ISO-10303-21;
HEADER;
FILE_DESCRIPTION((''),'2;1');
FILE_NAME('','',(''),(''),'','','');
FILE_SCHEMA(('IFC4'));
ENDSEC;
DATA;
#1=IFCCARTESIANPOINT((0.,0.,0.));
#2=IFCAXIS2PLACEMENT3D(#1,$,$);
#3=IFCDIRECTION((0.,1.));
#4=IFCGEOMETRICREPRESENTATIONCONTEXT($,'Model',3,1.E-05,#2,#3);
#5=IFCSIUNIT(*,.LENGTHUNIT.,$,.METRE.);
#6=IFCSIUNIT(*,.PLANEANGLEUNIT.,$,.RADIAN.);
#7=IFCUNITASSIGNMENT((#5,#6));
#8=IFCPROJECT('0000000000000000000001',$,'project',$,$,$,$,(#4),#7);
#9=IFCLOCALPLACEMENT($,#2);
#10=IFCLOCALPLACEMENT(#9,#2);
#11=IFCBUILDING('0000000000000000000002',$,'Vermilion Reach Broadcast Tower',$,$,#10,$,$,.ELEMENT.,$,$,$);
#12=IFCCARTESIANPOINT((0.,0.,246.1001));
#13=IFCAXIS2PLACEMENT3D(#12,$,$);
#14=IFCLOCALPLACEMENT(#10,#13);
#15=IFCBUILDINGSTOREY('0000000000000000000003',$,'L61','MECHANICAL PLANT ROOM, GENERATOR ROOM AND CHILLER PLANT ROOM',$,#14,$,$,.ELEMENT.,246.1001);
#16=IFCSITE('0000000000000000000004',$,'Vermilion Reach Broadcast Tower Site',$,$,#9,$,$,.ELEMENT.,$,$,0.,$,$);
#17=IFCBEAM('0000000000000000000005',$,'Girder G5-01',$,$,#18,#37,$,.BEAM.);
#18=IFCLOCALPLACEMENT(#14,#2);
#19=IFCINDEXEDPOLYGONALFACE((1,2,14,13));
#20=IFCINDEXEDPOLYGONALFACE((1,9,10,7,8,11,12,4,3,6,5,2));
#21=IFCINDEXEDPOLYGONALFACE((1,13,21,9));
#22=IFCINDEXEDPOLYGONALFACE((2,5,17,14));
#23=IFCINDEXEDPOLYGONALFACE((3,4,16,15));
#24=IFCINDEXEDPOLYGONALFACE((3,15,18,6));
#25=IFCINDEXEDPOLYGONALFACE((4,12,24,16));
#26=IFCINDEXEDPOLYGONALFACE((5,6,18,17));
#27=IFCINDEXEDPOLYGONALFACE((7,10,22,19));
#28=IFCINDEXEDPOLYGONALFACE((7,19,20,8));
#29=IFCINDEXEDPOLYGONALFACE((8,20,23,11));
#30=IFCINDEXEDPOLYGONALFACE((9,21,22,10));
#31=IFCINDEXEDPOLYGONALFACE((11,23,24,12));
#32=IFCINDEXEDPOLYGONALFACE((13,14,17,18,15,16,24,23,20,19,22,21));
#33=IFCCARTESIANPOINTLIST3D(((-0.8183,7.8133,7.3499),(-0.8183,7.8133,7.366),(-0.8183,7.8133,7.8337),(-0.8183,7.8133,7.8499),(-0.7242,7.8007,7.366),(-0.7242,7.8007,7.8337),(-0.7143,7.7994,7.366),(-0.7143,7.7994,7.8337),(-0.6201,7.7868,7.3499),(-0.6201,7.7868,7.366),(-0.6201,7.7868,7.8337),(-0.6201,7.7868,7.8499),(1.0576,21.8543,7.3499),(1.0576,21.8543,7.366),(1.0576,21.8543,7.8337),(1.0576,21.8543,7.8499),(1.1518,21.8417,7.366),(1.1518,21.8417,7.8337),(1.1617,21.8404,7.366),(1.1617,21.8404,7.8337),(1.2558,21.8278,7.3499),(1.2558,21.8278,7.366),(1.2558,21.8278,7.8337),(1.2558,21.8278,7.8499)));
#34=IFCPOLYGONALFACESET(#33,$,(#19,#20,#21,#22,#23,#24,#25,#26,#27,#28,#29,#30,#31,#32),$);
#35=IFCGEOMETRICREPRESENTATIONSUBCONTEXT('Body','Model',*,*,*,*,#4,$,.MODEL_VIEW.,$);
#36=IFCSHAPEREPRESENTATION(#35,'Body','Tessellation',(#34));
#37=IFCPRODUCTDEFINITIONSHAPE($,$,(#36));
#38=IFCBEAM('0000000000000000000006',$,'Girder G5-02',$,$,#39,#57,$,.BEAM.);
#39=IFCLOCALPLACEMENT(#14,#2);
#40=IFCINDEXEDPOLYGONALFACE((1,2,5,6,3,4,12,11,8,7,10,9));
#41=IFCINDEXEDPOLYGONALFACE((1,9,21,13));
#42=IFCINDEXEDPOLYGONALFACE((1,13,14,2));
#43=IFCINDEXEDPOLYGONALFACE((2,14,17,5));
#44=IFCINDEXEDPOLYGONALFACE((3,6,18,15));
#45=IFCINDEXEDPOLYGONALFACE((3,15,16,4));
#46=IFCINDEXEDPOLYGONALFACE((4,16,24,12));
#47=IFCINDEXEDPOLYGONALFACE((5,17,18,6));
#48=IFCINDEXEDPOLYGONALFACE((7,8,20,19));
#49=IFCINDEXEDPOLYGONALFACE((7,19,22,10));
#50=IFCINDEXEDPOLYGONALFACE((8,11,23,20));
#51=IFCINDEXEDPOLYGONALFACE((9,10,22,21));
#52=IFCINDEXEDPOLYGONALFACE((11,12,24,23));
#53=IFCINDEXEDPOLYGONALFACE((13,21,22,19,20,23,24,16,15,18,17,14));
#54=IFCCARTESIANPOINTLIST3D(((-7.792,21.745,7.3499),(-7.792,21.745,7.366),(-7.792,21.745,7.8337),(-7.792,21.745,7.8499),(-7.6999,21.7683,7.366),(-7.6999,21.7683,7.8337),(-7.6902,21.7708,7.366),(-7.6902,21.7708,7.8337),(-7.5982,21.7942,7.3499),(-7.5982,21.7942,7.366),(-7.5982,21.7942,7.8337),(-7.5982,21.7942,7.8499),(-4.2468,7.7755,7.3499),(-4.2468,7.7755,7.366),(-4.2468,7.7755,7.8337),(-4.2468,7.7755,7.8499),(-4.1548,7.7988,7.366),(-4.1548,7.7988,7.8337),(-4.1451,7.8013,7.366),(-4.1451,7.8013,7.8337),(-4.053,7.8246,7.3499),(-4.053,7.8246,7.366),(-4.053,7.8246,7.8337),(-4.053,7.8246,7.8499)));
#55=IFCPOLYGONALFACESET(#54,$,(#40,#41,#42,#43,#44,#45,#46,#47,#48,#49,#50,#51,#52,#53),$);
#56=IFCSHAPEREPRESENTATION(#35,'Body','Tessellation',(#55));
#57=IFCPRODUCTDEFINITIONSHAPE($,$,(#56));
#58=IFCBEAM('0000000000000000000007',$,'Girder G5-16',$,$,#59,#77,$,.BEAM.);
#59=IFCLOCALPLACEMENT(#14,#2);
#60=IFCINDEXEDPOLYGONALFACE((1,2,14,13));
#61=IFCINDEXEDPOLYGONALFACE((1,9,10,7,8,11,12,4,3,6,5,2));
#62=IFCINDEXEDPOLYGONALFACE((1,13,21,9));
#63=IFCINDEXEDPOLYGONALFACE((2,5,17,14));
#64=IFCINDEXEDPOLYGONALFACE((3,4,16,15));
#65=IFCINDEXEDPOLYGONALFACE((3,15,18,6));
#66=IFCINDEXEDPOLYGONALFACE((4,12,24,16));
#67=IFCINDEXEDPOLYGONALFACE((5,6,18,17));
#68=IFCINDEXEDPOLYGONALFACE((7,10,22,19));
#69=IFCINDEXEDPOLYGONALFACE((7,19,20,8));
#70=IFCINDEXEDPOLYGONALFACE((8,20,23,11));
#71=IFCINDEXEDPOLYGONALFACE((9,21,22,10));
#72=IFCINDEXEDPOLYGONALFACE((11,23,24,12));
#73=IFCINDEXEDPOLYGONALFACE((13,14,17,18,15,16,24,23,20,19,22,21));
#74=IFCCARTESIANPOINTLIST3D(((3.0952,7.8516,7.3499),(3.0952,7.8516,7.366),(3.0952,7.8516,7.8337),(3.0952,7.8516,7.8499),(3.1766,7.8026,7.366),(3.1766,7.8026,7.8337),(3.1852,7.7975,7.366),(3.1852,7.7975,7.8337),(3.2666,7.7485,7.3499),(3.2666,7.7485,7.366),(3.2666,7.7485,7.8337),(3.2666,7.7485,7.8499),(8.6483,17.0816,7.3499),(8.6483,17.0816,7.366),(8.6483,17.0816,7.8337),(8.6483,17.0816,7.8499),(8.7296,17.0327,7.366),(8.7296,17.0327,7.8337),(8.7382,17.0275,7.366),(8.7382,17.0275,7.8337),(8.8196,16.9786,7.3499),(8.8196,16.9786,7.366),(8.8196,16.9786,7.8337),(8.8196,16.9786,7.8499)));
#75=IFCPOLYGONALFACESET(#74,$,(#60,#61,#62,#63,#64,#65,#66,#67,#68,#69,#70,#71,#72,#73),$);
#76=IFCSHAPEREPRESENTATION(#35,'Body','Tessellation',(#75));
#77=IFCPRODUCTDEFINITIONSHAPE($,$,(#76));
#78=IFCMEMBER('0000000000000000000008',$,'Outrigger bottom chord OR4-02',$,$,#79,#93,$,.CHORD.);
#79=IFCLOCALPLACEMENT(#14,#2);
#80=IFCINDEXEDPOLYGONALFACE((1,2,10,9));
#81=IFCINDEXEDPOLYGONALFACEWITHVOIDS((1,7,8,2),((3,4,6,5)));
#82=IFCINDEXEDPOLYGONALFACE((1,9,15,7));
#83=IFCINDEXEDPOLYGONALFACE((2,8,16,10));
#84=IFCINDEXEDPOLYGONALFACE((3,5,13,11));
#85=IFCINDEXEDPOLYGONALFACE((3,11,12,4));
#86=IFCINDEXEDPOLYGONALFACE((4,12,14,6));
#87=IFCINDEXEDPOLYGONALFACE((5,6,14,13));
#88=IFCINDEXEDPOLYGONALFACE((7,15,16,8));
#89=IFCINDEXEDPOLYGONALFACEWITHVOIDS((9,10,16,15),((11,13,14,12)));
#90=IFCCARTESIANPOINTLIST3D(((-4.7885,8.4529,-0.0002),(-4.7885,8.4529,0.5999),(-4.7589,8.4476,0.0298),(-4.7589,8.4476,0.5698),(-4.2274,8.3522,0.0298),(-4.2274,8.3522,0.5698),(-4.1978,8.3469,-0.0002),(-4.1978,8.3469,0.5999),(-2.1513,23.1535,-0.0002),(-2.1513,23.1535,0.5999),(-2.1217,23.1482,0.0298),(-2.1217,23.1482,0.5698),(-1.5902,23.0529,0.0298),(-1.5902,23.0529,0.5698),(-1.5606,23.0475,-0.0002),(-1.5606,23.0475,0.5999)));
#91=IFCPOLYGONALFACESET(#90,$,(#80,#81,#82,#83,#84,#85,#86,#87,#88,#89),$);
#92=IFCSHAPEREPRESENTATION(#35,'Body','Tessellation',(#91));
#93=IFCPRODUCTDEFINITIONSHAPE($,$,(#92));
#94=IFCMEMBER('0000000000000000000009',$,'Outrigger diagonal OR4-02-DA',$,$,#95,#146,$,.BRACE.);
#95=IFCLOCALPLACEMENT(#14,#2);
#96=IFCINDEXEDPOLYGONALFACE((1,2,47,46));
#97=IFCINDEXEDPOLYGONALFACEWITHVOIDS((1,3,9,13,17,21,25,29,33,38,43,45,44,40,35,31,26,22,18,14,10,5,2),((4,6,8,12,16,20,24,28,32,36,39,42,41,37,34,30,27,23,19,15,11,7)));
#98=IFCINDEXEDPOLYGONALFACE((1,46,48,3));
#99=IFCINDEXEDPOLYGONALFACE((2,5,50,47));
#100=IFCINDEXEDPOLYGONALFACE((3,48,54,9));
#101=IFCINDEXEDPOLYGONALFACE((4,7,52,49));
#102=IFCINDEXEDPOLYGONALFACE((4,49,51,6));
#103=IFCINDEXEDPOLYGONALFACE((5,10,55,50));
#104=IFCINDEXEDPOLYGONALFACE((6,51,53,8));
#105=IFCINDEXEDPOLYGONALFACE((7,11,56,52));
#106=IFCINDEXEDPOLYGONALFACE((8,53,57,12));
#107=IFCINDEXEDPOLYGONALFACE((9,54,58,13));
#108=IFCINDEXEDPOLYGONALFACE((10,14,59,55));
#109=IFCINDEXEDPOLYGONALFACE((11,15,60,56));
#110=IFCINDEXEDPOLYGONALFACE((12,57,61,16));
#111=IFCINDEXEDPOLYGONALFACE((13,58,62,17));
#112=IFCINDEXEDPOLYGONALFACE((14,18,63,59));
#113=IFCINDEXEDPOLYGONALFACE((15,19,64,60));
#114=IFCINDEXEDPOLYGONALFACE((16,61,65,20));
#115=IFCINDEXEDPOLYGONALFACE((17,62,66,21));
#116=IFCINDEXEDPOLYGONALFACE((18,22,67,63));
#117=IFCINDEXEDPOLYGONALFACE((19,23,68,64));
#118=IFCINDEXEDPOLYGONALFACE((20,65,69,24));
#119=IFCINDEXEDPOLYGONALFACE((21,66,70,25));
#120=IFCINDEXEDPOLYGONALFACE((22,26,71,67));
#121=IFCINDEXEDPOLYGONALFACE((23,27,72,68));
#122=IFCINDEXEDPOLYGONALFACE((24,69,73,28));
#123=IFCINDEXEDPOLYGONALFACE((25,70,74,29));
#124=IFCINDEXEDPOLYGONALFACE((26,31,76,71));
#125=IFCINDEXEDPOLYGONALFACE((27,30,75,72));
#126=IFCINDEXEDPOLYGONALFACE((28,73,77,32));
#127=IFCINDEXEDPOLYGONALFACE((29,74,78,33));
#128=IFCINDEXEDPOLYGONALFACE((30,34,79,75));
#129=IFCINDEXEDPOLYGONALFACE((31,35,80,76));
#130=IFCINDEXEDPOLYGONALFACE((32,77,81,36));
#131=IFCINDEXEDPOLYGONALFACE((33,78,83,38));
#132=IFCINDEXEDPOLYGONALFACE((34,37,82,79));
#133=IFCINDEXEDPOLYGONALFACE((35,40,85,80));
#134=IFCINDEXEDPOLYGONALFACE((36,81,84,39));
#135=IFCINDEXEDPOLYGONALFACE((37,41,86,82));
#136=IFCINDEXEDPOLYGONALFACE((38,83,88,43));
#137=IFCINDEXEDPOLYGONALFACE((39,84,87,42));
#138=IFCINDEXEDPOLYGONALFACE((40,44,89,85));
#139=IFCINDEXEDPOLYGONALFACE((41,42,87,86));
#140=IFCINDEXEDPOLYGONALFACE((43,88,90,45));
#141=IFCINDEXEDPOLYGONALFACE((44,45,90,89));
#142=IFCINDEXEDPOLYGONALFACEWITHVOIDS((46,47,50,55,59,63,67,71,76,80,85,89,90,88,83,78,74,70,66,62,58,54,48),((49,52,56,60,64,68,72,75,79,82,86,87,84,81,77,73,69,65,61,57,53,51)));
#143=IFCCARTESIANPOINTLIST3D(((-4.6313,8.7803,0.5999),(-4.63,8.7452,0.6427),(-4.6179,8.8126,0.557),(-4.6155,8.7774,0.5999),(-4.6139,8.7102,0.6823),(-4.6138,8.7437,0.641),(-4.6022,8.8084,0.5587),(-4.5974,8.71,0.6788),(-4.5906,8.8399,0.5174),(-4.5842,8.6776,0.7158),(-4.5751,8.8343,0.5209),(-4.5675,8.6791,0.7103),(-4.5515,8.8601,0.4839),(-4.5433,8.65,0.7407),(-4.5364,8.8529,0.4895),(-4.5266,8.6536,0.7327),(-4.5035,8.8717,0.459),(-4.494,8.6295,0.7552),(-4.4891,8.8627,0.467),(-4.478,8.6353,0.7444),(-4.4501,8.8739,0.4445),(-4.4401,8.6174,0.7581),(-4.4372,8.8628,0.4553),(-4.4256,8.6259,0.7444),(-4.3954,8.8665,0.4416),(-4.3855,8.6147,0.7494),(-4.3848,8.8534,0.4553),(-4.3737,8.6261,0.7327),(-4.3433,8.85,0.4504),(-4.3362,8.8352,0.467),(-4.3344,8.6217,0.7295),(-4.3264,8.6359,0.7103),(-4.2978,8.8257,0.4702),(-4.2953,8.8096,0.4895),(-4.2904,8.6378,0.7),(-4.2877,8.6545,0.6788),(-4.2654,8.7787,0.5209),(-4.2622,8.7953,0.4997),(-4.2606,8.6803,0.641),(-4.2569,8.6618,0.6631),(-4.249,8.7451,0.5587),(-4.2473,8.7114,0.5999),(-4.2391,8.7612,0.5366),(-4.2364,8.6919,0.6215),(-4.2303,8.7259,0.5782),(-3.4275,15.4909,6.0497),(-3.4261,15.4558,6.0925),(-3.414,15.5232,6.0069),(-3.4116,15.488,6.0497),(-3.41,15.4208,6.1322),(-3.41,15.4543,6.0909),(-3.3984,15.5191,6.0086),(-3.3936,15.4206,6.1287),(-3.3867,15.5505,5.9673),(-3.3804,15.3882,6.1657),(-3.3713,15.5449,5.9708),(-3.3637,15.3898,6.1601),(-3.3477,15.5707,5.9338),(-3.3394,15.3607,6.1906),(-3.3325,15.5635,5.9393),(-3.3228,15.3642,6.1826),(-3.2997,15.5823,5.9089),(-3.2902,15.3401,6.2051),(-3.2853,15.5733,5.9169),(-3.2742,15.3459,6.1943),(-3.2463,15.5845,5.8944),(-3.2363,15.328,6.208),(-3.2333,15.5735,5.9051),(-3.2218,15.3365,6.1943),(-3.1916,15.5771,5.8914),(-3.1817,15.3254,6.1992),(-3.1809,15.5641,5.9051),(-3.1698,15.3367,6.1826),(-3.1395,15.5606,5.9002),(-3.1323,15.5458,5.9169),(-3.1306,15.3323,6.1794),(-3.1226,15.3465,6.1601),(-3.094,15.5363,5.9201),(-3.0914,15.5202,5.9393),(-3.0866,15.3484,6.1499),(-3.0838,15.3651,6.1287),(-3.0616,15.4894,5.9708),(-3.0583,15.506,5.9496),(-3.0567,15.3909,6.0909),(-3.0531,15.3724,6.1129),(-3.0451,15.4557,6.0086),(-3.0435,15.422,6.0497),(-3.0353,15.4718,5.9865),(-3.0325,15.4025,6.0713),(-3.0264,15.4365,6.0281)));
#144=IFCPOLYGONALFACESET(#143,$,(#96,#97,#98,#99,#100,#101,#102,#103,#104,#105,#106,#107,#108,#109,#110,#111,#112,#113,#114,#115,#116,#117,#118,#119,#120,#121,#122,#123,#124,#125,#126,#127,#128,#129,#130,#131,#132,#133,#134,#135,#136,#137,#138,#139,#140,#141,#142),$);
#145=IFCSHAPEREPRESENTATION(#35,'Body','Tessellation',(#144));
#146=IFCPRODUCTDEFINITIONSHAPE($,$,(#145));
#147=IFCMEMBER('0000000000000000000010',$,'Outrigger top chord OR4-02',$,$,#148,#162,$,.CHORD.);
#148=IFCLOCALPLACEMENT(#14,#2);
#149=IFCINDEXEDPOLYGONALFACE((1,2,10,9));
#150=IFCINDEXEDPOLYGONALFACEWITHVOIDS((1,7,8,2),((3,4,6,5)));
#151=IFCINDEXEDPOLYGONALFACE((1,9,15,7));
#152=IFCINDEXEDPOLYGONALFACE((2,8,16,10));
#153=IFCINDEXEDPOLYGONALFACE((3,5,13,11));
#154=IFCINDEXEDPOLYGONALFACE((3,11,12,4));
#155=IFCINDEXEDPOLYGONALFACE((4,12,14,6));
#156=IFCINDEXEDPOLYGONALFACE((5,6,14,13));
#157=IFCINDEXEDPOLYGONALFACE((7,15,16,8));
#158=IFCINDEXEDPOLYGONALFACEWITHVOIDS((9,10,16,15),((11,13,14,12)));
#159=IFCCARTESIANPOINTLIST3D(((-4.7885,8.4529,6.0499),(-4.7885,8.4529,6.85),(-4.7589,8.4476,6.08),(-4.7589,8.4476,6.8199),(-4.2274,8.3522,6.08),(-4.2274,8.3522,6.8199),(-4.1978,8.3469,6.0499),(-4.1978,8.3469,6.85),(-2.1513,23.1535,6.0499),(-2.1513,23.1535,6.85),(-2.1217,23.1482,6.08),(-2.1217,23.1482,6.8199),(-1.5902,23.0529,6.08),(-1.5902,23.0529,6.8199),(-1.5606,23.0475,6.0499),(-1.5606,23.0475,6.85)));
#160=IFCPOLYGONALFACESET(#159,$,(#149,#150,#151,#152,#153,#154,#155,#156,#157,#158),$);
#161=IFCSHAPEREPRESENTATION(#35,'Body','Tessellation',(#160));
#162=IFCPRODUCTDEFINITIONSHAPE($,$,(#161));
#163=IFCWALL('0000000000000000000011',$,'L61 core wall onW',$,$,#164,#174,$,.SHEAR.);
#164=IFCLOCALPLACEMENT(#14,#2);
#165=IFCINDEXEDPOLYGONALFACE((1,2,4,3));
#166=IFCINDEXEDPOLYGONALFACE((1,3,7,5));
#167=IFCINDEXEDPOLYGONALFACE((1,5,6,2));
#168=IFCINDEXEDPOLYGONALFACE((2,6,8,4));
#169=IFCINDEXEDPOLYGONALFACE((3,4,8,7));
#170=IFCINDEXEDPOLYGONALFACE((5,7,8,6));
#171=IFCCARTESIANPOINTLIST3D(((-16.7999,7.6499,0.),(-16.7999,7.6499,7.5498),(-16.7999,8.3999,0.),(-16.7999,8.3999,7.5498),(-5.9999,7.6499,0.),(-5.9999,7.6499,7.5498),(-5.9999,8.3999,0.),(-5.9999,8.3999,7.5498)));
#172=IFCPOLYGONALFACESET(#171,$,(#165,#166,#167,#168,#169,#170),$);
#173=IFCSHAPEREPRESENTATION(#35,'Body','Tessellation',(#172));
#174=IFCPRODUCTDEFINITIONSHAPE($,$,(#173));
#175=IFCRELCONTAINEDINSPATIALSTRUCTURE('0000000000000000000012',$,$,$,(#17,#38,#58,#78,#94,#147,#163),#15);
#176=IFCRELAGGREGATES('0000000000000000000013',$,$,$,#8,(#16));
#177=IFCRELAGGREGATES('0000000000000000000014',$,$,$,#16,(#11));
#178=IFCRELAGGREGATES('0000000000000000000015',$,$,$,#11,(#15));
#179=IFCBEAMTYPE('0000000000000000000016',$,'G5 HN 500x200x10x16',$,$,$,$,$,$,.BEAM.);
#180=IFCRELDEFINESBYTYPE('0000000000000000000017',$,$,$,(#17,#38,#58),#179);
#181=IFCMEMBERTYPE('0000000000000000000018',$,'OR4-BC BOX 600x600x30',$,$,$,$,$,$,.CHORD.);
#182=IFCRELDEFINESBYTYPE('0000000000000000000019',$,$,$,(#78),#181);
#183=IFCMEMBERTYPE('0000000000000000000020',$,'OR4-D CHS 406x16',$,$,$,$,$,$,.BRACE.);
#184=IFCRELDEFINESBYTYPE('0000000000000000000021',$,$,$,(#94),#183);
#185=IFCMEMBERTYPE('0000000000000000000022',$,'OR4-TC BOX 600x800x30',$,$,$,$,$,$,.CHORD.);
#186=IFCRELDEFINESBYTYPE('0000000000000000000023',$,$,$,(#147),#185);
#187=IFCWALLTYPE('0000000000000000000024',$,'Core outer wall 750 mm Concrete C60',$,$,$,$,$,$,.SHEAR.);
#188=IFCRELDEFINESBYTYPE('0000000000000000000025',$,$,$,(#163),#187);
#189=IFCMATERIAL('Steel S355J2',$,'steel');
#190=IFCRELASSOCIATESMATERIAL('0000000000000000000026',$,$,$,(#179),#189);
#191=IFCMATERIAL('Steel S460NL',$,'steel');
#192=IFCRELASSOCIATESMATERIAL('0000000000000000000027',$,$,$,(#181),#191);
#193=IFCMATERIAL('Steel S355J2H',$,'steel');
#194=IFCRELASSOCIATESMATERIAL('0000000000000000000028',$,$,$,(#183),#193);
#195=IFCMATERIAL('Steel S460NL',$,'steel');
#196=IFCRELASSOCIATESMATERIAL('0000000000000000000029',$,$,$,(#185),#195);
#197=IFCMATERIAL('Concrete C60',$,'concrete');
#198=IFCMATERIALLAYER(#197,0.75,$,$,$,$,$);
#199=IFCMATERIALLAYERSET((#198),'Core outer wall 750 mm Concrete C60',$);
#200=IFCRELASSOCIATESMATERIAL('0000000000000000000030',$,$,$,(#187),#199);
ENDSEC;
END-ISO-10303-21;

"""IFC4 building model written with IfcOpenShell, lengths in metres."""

from ifc_helpers import new_model, si_unit, direction, frame, frame_2d, origin, origin_2d, place, context, subcontext, project, spatial, rectangle, hollow_rectangle, hollow_circle, i_section, extrude, material, layer, layer_set, material_profile, profile_set, type_object, element, save


model = new_model("IFC4")

# Units and contexts
model_context = context("Model", 3, precision=1e-05, world=origin(), true_north=direction((0.0, 1.0)))
body_context = subcontext(model_context, "Body", "Model", "MODEL_VIEW")
ifc_project = project(units=[si_unit("LENGTHUNIT", "METRE"), si_unit("PLANEANGLEUNIT", "RADIAN")], contexts=[model_context])

# Site, building, storey
site_placement = place(None, origin())
site = spatial("IfcSite", under=ifc_project, at=site_placement, Name="Vermilion Reach Broadcast Tower Site", CompositionType="ELEMENT", RefElevation=0.0)
building_placement = place(site_placement, origin())
building = spatial("IfcBuilding", under=site, at=building_placement, Name="Vermilion Reach Broadcast Tower", CompositionType="ELEMENT")
storey_placement = place(building_placement, frame((0.0, 0.0, 246.1001)))
storey = spatial("IfcBuildingStorey", under=building, at=storey_placement, Name="L61", Description="MECHANICAL PLANT ROOM, GENERATOR ROOM AND CHILLER PLANT ROOM", CompositionType="ELEMENT", Elevation=246.1001)

# Beams
ifc_material_1 = material(Name="Steel S355J2", Category="steel")
ifc_material_profile_1 = material_profile(ifc_material_1, i_section(OverallWidth=0.2, OverallDepth=0.5, WebThickness=0.01, FlangeThickness=0.0161, at=origin_2d()), Name="S355J2 HN 500x200x10x16")
ifc_profile_set_1 = profile_set([ifc_material_profile_1], Name="Steel S355J2")
beam_type = type_object("IfcBeamType", Name="G5 HN 500x200x10x16", PredefinedType="BEAM", material=ifc_profile_set_1)
beam_1_placement = place(storey_placement, frame((-0.7192, 7.8, 7.5999), z_axis=(0.13243, 0.991192, 0.0), x_axis=(-0.991192, 0.13243, 0.0)))
element("IfcBeam", 1, at=beam_1_placement, inside=storey, type_object=beam_type, Name="Girder G5-01", PredefinedType="BEAM", context=body_context, shape_type="SweptSolid", body=[
    extrude(i_section(OverallWidth=0.2, OverallDepth=0.5, WebThickness=0.01, FlangeThickness=0.0161, at=origin_2d()), origin(), (0.0, 0.0, 1.0), 14.1658),
])
beam_2_placement = place(storey_placement, frame((-4.1499, 7.8, 7.5999), z_axis=(-0.245982, 0.969274, 0.0), x_axis=(-0.969274, -0.245982, 0.0)))
element("IfcBeam", 2, at=beam_2_placement, inside=storey, type_object=beam_type, Name="Girder G5-02", PredefinedType="BEAM", context=body_context, shape_type="SweptSolid", body=[
    extrude(i_section(OverallWidth=0.2, OverallDepth=0.5, WebThickness=0.01, FlangeThickness=0.0161, at=origin_2d()), origin(), (0.0, 0.0, 1.0), 14.4124),
])
beam_3_placement = place(storey_placement, frame((3.1809, 7.8, 7.5999), z_axis=(0.515519, 0.856878, 0.0), x_axis=(-0.856878, 0.515519, 0.0)))
element("IfcBeam", 3, at=beam_3_placement, inside=storey, type_object=beam_type, Name="Girder G5-16", PredefinedType="BEAM", context=body_context, shape_type="SweptSolid", body=[
    extrude(i_section(OverallWidth=0.2, OverallDepth=0.5, WebThickness=0.01, FlangeThickness=0.0161, at=origin_2d()), origin(), (0.0, 0.0, 1.0), 10.7717),
])

# Members
ifc_material_2 = material(Name="Steel S460NL", Category="steel")
ifc_material_profile_2 = material_profile(ifc_material_2, hollow_rectangle(XDim=0.6001, YDim=0.6001, WallThickness=0.03, at=origin_2d()), Name="S460NL BOX 600x600x30")
ifc_profile_set_2 = profile_set([ifc_material_profile_2], Name="Steel S460NL")
member_type_1 = type_object("IfcMemberType", Name="OR4-BC BOX 600x600x30", PredefinedType="CHORD", material=ifc_profile_set_2)
member_1_placement = place(storey_placement, frame((-4.4932, 8.3999, 0.2998), z_axis=(0.176575, 0.984287, 0.0), x_axis=(-0.984287, 0.176575, 0.0)))
element("IfcMember", 4, at=member_1_placement, inside=storey, type_object=member_type_1, Name="Outrigger bottom chord OR4-02", PredefinedType="CHORD", context=body_context, shape_type="SweptSolid", body=[
    extrude(hollow_rectangle(XDim=0.6001, YDim=0.6001, WallThickness=0.03, at=origin_2d()), origin(), (0.0, 0.0, 1.0), 14.9353),
])
ifc_material_3 = material(Name="Steel S355J2H", Category="steel")
ifc_material_profile_3 = material_profile(ifc_material_3, hollow_circle(Radius=0.2031, WallThickness=0.0161, at=origin_2d()), Name="S355J2H CHS 406x16")
ifc_profile_set_3 = profile_set([ifc_material_profile_3], Name="Steel S355J2H")
member_type_2 = type_object("IfcMemberType", Name="OR4-D CHS 406x16", PredefinedType="BRACE", material=ifc_profile_set_3)
member_2_placement = place(storey_placement, frame((-4.4314, 8.7444, 0.5999), z_axis=(0.137924, 0.768836, 0.624394), x_axis=(-0.984287, 0.176575, 0.0)))
element("IfcMember", 5, at=member_2_placement, inside=storey, type_object=member_type_2, Name="Outrigger diagonal OR4-02-DA", PredefinedType="BRACE", context=body_context, shape_type="SweptSolid", body=[
    extrude(hollow_circle(Radius=0.2031, WallThickness=0.0161, at=origin_2d()), origin(), (0.0, 0.0, 1.0), 8.7283),
])
ifc_material_4 = material(Name="Steel S460NL", Category="steel")
ifc_material_profile_4 = material_profile(ifc_material_4, hollow_rectangle(XDim=0.6001, YDim=0.8, WallThickness=0.03, at=origin_2d()), Name="S460NL BOX 600x800x30")
ifc_profile_set_4 = profile_set([ifc_material_profile_4], Name="Steel S460NL")
member_type_3 = type_object("IfcMemberType", Name="OR4-TC BOX 600x800x30", PredefinedType="CHORD", material=ifc_profile_set_4)
member_3_placement = place(storey_placement, frame((-4.4932, 8.3999, 6.45), z_axis=(0.176575, 0.984287, 0.0), x_axis=(-0.984287, 0.176575, 0.0)))
element("IfcMember", 6, at=member_3_placement, inside=storey, type_object=member_type_3, Name="Outrigger top chord OR4-02", PredefinedType="CHORD", context=body_context, shape_type="SweptSolid", body=[
    extrude(hollow_rectangle(XDim=0.6001, YDim=0.8, WallThickness=0.03, at=origin_2d()), origin(), (0.0, 0.0, 1.0), 14.9353),
])

# Wall
ifc_material_5 = material(Name="Concrete C60", Category="concrete")
ifc_layer_1 = layer(ifc_material_5, 0.75)
ifc_layer_set_1 = layer_set([ifc_layer_1], Name="Core outer wall 750 mm Concrete C60")
wall_type_1 = type_object("IfcWallType", Name="Core outer wall 750 mm Concrete C60", PredefinedType="SHEAR", material=ifc_layer_set_1)
wall_1_placement = place(storey_placement, frame((-6.0, 8.0249, 0.0), z_axis=(0.0, 0.0, 1.0), x_axis=(-1.0, 0.0, 0.0)))
element("IfcWall", 7, at=wall_1_placement, inside=storey, type_object=wall_type_1, Name="L61 core wall onW", PredefinedType="SHEAR", context=body_context, shape_type="SweptSolid", body=[
    extrude(rectangle(XDim=10.8, YDim=0.75, at=frame_2d((5.3999, 0.0))), origin(), (0.0, 0.0, 1.0), 7.5498),
])

save(model, "model.ifc")
